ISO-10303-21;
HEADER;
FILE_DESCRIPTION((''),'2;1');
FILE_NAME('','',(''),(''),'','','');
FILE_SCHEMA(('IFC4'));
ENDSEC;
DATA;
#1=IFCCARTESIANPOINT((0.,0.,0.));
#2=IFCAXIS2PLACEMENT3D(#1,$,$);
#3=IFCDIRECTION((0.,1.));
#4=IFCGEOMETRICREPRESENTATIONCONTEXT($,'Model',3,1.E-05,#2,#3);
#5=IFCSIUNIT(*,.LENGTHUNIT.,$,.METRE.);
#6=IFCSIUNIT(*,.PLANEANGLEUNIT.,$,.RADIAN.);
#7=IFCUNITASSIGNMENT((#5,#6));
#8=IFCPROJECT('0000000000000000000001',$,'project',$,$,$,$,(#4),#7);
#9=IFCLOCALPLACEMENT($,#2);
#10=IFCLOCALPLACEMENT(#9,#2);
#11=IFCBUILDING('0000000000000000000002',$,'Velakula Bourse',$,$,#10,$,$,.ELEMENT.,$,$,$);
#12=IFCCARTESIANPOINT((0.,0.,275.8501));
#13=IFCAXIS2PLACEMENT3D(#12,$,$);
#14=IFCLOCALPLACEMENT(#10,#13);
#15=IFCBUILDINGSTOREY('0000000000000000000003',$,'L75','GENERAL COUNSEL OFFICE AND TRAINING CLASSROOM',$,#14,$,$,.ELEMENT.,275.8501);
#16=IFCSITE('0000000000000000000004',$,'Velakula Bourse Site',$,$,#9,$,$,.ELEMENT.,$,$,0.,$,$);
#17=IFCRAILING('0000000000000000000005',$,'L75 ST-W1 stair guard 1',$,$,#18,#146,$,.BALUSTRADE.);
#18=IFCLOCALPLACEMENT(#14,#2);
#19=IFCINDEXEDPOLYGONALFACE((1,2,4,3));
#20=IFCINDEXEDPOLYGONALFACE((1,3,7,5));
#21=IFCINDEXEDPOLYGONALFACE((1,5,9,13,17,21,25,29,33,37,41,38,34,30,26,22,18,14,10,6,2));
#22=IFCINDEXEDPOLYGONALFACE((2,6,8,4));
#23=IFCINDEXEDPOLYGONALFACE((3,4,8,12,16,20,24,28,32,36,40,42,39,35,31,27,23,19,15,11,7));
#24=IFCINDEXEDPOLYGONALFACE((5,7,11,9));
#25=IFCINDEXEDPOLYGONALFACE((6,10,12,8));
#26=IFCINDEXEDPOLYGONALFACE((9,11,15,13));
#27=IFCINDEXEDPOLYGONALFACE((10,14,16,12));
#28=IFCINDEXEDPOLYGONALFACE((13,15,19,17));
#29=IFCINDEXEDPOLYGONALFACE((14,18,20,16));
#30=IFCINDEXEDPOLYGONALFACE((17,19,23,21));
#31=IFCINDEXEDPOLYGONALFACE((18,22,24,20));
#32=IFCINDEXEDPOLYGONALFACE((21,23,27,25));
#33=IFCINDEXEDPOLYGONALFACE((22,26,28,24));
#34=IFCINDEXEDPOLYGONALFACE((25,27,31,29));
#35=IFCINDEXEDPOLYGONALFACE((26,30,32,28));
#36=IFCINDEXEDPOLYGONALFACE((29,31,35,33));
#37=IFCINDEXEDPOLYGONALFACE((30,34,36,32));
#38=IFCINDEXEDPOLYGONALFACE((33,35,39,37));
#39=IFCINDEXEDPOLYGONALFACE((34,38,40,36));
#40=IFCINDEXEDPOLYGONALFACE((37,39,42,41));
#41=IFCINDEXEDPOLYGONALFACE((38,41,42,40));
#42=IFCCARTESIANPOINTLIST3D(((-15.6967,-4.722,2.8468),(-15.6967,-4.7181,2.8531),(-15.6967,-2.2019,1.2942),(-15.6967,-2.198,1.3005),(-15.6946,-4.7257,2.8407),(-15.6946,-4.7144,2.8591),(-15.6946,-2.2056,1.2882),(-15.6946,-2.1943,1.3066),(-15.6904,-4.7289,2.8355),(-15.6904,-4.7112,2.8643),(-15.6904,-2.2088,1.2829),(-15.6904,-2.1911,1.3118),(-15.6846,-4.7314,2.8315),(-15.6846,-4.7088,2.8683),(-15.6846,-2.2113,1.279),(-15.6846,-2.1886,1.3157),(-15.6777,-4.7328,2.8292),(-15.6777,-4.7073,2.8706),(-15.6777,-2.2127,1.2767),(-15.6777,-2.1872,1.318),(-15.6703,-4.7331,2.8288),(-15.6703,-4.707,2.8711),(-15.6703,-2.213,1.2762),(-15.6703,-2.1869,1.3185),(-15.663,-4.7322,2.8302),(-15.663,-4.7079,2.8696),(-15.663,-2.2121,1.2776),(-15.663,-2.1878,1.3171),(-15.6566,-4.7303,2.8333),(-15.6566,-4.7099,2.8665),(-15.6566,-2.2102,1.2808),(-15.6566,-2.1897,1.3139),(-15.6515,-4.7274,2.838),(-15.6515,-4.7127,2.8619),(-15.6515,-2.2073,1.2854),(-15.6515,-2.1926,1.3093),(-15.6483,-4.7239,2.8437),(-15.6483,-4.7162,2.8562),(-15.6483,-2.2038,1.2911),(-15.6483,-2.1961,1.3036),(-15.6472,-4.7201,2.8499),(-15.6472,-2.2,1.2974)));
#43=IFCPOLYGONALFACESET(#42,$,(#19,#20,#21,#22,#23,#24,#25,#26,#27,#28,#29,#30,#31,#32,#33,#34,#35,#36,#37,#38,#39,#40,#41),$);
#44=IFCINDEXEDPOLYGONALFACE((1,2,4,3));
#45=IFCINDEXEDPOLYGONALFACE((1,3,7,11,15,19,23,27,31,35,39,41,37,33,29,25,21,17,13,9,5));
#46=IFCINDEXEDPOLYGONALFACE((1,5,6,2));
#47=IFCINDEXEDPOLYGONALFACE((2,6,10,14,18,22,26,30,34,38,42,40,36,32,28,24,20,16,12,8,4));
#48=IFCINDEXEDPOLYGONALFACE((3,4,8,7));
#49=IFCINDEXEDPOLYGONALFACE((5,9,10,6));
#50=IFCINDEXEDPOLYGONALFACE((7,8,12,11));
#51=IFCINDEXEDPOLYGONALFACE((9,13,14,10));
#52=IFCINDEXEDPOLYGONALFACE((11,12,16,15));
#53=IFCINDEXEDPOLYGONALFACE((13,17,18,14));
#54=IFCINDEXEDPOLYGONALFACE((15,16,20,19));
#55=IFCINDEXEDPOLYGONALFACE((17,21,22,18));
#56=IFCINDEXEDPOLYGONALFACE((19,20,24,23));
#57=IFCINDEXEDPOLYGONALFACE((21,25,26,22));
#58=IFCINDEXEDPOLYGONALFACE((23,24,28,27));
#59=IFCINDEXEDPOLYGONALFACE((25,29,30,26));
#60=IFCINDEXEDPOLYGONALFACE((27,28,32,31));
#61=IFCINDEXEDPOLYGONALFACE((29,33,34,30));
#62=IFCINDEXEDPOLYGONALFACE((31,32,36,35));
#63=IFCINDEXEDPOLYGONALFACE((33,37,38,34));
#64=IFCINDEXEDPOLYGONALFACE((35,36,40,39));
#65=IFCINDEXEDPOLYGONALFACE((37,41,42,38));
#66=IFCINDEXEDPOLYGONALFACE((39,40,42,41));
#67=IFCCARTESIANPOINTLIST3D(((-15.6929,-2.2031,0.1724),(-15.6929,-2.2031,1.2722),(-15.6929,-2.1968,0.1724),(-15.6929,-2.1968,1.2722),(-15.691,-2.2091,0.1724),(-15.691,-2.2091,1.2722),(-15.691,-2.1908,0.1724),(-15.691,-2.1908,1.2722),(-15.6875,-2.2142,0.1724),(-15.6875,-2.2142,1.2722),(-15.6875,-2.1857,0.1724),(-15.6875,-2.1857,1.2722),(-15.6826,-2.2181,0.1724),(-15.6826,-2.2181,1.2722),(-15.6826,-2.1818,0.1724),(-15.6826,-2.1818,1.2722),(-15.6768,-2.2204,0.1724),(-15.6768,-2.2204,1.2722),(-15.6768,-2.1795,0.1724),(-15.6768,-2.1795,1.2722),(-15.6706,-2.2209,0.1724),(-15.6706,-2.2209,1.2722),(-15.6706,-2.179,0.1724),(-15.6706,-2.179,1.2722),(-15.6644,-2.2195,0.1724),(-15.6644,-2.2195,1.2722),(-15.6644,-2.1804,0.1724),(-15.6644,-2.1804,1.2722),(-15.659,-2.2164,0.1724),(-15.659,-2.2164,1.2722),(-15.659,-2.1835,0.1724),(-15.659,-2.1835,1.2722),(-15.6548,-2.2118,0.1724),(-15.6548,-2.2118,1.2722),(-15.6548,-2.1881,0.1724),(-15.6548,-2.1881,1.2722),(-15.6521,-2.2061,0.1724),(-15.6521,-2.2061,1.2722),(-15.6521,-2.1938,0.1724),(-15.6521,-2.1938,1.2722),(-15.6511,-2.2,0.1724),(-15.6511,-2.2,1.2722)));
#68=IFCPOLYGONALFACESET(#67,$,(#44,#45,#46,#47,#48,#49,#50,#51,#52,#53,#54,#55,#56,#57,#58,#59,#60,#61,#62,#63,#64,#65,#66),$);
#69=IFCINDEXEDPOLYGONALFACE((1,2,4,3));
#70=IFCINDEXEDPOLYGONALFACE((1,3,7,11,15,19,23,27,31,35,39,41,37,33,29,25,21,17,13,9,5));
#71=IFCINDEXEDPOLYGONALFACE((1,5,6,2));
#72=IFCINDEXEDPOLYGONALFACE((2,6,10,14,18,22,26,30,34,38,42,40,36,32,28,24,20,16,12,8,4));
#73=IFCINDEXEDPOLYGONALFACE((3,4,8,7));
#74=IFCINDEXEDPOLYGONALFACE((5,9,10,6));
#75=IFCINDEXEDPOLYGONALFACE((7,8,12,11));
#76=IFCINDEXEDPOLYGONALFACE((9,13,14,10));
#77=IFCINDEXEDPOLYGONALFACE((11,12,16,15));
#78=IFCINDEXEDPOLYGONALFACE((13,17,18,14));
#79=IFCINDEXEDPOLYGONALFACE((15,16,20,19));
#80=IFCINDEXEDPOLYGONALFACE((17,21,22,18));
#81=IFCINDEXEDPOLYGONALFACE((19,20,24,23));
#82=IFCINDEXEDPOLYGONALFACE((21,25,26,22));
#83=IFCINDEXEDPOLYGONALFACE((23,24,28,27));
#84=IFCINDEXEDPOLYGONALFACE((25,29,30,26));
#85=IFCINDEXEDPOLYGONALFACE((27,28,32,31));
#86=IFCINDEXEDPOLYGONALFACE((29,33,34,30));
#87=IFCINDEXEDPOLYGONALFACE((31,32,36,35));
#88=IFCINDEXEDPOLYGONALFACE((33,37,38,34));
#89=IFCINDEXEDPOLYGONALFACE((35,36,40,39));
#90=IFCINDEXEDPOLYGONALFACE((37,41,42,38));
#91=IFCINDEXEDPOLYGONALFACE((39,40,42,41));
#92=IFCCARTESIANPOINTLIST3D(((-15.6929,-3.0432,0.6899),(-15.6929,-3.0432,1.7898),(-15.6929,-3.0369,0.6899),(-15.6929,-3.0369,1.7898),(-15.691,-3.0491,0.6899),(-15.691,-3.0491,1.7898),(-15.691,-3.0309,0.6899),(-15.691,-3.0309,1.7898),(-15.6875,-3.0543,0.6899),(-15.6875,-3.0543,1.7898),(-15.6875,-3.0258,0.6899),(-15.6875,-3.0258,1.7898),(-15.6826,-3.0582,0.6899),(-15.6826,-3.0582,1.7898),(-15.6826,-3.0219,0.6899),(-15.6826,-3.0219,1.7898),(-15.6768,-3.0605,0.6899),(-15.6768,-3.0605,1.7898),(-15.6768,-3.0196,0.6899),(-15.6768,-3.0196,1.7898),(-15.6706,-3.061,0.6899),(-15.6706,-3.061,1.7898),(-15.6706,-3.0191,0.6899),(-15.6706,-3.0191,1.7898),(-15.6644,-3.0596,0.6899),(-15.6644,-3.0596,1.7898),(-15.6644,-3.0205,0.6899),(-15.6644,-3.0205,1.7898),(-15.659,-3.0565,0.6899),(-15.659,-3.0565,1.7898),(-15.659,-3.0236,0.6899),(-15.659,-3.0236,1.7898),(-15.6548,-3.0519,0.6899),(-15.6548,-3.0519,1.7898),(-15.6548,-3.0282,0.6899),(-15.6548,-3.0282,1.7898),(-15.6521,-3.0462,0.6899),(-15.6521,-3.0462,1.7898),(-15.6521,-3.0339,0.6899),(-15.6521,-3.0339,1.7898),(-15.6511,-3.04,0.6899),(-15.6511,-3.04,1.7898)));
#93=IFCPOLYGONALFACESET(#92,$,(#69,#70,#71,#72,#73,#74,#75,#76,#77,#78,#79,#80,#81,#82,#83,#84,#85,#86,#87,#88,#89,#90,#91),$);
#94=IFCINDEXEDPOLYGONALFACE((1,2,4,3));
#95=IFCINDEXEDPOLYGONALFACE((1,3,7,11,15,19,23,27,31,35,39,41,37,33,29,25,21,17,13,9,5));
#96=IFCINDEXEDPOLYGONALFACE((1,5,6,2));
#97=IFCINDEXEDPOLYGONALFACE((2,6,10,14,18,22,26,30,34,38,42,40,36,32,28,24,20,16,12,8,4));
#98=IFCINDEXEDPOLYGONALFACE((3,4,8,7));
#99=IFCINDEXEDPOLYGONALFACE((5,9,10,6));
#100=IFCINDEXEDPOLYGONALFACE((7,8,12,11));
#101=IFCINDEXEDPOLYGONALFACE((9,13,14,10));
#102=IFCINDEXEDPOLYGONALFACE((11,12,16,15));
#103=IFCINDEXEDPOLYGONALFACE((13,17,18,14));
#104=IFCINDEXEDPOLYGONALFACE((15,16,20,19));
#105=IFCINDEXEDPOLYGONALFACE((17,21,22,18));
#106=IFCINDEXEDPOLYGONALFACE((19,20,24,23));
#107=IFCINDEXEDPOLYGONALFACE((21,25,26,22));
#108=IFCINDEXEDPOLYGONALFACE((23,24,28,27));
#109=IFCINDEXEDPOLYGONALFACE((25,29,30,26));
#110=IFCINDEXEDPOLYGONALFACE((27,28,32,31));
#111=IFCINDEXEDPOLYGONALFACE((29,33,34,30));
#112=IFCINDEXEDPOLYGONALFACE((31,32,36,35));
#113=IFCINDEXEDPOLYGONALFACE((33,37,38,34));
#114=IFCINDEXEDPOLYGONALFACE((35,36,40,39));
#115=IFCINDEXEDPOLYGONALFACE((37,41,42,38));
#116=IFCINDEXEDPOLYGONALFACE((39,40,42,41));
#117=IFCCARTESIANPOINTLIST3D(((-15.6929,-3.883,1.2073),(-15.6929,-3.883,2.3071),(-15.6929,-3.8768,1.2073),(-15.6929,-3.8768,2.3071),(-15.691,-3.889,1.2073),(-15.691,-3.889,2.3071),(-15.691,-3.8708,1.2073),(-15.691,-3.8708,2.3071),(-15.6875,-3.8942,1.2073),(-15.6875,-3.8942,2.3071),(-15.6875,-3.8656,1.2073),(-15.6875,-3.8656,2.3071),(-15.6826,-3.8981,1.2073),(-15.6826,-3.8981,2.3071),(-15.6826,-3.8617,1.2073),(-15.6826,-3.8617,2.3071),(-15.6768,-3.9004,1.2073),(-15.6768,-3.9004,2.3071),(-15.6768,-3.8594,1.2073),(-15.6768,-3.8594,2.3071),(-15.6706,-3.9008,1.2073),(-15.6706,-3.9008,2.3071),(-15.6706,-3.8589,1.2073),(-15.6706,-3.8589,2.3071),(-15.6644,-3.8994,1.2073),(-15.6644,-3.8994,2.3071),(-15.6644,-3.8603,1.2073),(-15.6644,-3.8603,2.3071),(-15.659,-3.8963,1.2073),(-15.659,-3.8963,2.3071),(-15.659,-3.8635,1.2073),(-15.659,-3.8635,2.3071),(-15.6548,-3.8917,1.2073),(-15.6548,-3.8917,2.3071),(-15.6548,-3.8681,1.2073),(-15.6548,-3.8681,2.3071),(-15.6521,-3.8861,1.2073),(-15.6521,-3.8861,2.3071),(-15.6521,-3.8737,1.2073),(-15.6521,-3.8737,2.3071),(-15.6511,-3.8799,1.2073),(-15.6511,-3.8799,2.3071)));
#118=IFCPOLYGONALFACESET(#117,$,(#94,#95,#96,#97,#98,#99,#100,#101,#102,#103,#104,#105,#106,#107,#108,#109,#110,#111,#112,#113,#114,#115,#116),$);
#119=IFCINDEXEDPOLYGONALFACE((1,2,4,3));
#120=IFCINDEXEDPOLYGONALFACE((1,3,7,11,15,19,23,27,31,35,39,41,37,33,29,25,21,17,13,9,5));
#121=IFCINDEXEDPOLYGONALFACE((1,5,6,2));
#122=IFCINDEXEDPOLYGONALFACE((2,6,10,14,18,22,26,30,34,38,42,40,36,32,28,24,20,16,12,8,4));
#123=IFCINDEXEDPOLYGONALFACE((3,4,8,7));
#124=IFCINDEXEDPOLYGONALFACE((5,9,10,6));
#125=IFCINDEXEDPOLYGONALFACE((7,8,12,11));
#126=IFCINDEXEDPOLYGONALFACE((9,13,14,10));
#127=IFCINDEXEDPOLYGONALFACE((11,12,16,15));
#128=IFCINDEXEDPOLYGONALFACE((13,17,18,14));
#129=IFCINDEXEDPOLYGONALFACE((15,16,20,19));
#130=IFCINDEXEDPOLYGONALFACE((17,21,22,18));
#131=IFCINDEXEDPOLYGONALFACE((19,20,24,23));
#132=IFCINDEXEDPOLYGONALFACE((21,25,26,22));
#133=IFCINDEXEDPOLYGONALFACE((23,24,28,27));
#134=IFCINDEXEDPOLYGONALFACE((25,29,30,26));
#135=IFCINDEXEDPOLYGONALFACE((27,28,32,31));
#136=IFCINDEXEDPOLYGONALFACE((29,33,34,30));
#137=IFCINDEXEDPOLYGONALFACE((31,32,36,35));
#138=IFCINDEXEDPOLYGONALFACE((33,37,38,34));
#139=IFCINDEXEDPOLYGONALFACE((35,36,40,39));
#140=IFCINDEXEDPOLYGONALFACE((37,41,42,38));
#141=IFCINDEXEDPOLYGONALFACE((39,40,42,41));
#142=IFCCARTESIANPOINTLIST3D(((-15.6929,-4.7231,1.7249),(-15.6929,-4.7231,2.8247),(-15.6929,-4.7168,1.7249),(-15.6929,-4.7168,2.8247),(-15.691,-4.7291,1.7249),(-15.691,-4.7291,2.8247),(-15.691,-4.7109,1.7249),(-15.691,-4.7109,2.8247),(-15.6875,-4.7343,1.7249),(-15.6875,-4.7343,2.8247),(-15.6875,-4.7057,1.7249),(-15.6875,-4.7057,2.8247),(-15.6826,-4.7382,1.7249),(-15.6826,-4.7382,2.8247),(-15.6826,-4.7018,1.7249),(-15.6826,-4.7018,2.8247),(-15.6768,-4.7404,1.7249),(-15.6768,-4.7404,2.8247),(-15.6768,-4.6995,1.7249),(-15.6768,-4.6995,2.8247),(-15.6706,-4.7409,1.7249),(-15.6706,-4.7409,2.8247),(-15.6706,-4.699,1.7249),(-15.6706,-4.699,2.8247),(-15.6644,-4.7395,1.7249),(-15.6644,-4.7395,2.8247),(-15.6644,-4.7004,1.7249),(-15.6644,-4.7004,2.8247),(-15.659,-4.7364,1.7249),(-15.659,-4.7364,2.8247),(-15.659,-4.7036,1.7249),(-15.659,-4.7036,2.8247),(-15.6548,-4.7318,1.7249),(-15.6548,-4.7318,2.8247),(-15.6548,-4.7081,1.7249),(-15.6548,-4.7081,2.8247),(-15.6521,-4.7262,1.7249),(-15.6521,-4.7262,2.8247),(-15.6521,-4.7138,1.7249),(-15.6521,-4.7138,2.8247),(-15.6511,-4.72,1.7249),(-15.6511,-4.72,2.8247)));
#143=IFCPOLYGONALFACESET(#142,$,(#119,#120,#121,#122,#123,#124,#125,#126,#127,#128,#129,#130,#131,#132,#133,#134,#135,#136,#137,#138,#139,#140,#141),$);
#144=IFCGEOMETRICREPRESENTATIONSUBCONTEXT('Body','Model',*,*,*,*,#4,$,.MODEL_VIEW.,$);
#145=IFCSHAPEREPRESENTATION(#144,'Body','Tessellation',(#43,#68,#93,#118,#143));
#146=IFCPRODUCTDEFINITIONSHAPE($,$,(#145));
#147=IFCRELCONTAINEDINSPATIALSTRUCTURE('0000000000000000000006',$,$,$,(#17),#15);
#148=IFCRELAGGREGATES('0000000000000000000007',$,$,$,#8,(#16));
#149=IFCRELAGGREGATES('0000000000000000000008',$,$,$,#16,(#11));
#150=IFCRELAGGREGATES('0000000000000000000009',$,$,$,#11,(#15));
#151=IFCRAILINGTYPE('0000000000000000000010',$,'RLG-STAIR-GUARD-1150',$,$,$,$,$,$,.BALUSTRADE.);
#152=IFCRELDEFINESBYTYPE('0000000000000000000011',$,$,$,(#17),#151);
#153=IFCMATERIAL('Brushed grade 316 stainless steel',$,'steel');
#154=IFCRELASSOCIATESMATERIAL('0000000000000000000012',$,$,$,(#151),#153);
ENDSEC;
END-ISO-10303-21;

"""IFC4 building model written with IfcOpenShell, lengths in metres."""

from ifc_helpers import new_model, si_unit, direction, frame, origin, origin_2d, place, context, subcontext, project, spatial, circle, extrude, material, type_object, element, save


model = new_model("IFC4")

# Units and contexts
model_context = context("Model", 3, precision=1e-05, world=origin(), true_north=direction((0.0, 1.0)))
body_context = subcontext(model_context, "Body", "Model", "MODEL_VIEW")
ifc_project = project(units=[si_unit("LENGTHUNIT", "METRE"), si_unit("PLANEANGLEUNIT", "RADIAN")], contexts=[model_context])

# Site, building, storey
site_placement = place(None, origin())
site = spatial("IfcSite", under=ifc_project, at=site_placement, Name="Velakula Bourse Site", CompositionType="ELEMENT", RefElevation=0.0)
building_placement = place(site_placement, origin())
building = spatial("IfcBuilding", under=site, at=building_placement, Name="Velakula Bourse", CompositionType="ELEMENT")
storey_placement = place(building_placement, frame((0.0, 0.0, 275.8501)))
storey = spatial("IfcBuildingStorey", under=building, at=storey_placement, Name="L75", Description="GENERAL COUNSEL OFFICE AND TRAINING CLASSROOM", CompositionType="ELEMENT", Elevation=275.8501)

# Shared definitions
ifc_material_1 = material(Name="Brushed grade 316 stainless steel", Category="steel")

# Railing
railing_type = type_object("IfcRailingType", Name="RLG-STAIR-GUARD-1150", PredefinedType="BALUSTRADE", material=ifc_material_1)
railing_1_placement = place(storey_placement, frame((-15.6721, -2.2, 0.1724)))
element("IfcRailing", 1, at=railing_1_placement, inside=storey, type_object=railing_type, Name="L75 ST-W1 stair guard 1", PredefinedType="BALUSTRADE", context=body_context, shape_type="SweptSolid", body=[
    extrude(circle(Radius=0.0249, at=origin_2d()), frame((0.0, 0.0, 1.125), z_axis=(0.0, -0.8514, 0.524516), x_axis=(1.0, 0.0, 0.0)), (0.0, 0.0, 1.0), 2.96),
    extrude(circle(Radius=0.021, at=origin_2d()), origin(), (0.0, 0.0, 1.0), 1.0999),
    extrude(circle(Radius=0.021, at=origin_2d()), frame((0.0, -0.8401, 0.5176)), (0.0, 0.0, 1.0), 1.0999),
    extrude(circle(Radius=0.021, at=origin_2d()), frame((0.0, -1.6799, 1.0349)), (0.0, 0.0, 1.0), 1.0999),
    extrude(circle(Radius=0.021, at=origin_2d()), frame((0.0, -2.52, 1.5525)), (0.0, 0.0, 1.0), 1.0999),
])

save(model, "model.ifc")
